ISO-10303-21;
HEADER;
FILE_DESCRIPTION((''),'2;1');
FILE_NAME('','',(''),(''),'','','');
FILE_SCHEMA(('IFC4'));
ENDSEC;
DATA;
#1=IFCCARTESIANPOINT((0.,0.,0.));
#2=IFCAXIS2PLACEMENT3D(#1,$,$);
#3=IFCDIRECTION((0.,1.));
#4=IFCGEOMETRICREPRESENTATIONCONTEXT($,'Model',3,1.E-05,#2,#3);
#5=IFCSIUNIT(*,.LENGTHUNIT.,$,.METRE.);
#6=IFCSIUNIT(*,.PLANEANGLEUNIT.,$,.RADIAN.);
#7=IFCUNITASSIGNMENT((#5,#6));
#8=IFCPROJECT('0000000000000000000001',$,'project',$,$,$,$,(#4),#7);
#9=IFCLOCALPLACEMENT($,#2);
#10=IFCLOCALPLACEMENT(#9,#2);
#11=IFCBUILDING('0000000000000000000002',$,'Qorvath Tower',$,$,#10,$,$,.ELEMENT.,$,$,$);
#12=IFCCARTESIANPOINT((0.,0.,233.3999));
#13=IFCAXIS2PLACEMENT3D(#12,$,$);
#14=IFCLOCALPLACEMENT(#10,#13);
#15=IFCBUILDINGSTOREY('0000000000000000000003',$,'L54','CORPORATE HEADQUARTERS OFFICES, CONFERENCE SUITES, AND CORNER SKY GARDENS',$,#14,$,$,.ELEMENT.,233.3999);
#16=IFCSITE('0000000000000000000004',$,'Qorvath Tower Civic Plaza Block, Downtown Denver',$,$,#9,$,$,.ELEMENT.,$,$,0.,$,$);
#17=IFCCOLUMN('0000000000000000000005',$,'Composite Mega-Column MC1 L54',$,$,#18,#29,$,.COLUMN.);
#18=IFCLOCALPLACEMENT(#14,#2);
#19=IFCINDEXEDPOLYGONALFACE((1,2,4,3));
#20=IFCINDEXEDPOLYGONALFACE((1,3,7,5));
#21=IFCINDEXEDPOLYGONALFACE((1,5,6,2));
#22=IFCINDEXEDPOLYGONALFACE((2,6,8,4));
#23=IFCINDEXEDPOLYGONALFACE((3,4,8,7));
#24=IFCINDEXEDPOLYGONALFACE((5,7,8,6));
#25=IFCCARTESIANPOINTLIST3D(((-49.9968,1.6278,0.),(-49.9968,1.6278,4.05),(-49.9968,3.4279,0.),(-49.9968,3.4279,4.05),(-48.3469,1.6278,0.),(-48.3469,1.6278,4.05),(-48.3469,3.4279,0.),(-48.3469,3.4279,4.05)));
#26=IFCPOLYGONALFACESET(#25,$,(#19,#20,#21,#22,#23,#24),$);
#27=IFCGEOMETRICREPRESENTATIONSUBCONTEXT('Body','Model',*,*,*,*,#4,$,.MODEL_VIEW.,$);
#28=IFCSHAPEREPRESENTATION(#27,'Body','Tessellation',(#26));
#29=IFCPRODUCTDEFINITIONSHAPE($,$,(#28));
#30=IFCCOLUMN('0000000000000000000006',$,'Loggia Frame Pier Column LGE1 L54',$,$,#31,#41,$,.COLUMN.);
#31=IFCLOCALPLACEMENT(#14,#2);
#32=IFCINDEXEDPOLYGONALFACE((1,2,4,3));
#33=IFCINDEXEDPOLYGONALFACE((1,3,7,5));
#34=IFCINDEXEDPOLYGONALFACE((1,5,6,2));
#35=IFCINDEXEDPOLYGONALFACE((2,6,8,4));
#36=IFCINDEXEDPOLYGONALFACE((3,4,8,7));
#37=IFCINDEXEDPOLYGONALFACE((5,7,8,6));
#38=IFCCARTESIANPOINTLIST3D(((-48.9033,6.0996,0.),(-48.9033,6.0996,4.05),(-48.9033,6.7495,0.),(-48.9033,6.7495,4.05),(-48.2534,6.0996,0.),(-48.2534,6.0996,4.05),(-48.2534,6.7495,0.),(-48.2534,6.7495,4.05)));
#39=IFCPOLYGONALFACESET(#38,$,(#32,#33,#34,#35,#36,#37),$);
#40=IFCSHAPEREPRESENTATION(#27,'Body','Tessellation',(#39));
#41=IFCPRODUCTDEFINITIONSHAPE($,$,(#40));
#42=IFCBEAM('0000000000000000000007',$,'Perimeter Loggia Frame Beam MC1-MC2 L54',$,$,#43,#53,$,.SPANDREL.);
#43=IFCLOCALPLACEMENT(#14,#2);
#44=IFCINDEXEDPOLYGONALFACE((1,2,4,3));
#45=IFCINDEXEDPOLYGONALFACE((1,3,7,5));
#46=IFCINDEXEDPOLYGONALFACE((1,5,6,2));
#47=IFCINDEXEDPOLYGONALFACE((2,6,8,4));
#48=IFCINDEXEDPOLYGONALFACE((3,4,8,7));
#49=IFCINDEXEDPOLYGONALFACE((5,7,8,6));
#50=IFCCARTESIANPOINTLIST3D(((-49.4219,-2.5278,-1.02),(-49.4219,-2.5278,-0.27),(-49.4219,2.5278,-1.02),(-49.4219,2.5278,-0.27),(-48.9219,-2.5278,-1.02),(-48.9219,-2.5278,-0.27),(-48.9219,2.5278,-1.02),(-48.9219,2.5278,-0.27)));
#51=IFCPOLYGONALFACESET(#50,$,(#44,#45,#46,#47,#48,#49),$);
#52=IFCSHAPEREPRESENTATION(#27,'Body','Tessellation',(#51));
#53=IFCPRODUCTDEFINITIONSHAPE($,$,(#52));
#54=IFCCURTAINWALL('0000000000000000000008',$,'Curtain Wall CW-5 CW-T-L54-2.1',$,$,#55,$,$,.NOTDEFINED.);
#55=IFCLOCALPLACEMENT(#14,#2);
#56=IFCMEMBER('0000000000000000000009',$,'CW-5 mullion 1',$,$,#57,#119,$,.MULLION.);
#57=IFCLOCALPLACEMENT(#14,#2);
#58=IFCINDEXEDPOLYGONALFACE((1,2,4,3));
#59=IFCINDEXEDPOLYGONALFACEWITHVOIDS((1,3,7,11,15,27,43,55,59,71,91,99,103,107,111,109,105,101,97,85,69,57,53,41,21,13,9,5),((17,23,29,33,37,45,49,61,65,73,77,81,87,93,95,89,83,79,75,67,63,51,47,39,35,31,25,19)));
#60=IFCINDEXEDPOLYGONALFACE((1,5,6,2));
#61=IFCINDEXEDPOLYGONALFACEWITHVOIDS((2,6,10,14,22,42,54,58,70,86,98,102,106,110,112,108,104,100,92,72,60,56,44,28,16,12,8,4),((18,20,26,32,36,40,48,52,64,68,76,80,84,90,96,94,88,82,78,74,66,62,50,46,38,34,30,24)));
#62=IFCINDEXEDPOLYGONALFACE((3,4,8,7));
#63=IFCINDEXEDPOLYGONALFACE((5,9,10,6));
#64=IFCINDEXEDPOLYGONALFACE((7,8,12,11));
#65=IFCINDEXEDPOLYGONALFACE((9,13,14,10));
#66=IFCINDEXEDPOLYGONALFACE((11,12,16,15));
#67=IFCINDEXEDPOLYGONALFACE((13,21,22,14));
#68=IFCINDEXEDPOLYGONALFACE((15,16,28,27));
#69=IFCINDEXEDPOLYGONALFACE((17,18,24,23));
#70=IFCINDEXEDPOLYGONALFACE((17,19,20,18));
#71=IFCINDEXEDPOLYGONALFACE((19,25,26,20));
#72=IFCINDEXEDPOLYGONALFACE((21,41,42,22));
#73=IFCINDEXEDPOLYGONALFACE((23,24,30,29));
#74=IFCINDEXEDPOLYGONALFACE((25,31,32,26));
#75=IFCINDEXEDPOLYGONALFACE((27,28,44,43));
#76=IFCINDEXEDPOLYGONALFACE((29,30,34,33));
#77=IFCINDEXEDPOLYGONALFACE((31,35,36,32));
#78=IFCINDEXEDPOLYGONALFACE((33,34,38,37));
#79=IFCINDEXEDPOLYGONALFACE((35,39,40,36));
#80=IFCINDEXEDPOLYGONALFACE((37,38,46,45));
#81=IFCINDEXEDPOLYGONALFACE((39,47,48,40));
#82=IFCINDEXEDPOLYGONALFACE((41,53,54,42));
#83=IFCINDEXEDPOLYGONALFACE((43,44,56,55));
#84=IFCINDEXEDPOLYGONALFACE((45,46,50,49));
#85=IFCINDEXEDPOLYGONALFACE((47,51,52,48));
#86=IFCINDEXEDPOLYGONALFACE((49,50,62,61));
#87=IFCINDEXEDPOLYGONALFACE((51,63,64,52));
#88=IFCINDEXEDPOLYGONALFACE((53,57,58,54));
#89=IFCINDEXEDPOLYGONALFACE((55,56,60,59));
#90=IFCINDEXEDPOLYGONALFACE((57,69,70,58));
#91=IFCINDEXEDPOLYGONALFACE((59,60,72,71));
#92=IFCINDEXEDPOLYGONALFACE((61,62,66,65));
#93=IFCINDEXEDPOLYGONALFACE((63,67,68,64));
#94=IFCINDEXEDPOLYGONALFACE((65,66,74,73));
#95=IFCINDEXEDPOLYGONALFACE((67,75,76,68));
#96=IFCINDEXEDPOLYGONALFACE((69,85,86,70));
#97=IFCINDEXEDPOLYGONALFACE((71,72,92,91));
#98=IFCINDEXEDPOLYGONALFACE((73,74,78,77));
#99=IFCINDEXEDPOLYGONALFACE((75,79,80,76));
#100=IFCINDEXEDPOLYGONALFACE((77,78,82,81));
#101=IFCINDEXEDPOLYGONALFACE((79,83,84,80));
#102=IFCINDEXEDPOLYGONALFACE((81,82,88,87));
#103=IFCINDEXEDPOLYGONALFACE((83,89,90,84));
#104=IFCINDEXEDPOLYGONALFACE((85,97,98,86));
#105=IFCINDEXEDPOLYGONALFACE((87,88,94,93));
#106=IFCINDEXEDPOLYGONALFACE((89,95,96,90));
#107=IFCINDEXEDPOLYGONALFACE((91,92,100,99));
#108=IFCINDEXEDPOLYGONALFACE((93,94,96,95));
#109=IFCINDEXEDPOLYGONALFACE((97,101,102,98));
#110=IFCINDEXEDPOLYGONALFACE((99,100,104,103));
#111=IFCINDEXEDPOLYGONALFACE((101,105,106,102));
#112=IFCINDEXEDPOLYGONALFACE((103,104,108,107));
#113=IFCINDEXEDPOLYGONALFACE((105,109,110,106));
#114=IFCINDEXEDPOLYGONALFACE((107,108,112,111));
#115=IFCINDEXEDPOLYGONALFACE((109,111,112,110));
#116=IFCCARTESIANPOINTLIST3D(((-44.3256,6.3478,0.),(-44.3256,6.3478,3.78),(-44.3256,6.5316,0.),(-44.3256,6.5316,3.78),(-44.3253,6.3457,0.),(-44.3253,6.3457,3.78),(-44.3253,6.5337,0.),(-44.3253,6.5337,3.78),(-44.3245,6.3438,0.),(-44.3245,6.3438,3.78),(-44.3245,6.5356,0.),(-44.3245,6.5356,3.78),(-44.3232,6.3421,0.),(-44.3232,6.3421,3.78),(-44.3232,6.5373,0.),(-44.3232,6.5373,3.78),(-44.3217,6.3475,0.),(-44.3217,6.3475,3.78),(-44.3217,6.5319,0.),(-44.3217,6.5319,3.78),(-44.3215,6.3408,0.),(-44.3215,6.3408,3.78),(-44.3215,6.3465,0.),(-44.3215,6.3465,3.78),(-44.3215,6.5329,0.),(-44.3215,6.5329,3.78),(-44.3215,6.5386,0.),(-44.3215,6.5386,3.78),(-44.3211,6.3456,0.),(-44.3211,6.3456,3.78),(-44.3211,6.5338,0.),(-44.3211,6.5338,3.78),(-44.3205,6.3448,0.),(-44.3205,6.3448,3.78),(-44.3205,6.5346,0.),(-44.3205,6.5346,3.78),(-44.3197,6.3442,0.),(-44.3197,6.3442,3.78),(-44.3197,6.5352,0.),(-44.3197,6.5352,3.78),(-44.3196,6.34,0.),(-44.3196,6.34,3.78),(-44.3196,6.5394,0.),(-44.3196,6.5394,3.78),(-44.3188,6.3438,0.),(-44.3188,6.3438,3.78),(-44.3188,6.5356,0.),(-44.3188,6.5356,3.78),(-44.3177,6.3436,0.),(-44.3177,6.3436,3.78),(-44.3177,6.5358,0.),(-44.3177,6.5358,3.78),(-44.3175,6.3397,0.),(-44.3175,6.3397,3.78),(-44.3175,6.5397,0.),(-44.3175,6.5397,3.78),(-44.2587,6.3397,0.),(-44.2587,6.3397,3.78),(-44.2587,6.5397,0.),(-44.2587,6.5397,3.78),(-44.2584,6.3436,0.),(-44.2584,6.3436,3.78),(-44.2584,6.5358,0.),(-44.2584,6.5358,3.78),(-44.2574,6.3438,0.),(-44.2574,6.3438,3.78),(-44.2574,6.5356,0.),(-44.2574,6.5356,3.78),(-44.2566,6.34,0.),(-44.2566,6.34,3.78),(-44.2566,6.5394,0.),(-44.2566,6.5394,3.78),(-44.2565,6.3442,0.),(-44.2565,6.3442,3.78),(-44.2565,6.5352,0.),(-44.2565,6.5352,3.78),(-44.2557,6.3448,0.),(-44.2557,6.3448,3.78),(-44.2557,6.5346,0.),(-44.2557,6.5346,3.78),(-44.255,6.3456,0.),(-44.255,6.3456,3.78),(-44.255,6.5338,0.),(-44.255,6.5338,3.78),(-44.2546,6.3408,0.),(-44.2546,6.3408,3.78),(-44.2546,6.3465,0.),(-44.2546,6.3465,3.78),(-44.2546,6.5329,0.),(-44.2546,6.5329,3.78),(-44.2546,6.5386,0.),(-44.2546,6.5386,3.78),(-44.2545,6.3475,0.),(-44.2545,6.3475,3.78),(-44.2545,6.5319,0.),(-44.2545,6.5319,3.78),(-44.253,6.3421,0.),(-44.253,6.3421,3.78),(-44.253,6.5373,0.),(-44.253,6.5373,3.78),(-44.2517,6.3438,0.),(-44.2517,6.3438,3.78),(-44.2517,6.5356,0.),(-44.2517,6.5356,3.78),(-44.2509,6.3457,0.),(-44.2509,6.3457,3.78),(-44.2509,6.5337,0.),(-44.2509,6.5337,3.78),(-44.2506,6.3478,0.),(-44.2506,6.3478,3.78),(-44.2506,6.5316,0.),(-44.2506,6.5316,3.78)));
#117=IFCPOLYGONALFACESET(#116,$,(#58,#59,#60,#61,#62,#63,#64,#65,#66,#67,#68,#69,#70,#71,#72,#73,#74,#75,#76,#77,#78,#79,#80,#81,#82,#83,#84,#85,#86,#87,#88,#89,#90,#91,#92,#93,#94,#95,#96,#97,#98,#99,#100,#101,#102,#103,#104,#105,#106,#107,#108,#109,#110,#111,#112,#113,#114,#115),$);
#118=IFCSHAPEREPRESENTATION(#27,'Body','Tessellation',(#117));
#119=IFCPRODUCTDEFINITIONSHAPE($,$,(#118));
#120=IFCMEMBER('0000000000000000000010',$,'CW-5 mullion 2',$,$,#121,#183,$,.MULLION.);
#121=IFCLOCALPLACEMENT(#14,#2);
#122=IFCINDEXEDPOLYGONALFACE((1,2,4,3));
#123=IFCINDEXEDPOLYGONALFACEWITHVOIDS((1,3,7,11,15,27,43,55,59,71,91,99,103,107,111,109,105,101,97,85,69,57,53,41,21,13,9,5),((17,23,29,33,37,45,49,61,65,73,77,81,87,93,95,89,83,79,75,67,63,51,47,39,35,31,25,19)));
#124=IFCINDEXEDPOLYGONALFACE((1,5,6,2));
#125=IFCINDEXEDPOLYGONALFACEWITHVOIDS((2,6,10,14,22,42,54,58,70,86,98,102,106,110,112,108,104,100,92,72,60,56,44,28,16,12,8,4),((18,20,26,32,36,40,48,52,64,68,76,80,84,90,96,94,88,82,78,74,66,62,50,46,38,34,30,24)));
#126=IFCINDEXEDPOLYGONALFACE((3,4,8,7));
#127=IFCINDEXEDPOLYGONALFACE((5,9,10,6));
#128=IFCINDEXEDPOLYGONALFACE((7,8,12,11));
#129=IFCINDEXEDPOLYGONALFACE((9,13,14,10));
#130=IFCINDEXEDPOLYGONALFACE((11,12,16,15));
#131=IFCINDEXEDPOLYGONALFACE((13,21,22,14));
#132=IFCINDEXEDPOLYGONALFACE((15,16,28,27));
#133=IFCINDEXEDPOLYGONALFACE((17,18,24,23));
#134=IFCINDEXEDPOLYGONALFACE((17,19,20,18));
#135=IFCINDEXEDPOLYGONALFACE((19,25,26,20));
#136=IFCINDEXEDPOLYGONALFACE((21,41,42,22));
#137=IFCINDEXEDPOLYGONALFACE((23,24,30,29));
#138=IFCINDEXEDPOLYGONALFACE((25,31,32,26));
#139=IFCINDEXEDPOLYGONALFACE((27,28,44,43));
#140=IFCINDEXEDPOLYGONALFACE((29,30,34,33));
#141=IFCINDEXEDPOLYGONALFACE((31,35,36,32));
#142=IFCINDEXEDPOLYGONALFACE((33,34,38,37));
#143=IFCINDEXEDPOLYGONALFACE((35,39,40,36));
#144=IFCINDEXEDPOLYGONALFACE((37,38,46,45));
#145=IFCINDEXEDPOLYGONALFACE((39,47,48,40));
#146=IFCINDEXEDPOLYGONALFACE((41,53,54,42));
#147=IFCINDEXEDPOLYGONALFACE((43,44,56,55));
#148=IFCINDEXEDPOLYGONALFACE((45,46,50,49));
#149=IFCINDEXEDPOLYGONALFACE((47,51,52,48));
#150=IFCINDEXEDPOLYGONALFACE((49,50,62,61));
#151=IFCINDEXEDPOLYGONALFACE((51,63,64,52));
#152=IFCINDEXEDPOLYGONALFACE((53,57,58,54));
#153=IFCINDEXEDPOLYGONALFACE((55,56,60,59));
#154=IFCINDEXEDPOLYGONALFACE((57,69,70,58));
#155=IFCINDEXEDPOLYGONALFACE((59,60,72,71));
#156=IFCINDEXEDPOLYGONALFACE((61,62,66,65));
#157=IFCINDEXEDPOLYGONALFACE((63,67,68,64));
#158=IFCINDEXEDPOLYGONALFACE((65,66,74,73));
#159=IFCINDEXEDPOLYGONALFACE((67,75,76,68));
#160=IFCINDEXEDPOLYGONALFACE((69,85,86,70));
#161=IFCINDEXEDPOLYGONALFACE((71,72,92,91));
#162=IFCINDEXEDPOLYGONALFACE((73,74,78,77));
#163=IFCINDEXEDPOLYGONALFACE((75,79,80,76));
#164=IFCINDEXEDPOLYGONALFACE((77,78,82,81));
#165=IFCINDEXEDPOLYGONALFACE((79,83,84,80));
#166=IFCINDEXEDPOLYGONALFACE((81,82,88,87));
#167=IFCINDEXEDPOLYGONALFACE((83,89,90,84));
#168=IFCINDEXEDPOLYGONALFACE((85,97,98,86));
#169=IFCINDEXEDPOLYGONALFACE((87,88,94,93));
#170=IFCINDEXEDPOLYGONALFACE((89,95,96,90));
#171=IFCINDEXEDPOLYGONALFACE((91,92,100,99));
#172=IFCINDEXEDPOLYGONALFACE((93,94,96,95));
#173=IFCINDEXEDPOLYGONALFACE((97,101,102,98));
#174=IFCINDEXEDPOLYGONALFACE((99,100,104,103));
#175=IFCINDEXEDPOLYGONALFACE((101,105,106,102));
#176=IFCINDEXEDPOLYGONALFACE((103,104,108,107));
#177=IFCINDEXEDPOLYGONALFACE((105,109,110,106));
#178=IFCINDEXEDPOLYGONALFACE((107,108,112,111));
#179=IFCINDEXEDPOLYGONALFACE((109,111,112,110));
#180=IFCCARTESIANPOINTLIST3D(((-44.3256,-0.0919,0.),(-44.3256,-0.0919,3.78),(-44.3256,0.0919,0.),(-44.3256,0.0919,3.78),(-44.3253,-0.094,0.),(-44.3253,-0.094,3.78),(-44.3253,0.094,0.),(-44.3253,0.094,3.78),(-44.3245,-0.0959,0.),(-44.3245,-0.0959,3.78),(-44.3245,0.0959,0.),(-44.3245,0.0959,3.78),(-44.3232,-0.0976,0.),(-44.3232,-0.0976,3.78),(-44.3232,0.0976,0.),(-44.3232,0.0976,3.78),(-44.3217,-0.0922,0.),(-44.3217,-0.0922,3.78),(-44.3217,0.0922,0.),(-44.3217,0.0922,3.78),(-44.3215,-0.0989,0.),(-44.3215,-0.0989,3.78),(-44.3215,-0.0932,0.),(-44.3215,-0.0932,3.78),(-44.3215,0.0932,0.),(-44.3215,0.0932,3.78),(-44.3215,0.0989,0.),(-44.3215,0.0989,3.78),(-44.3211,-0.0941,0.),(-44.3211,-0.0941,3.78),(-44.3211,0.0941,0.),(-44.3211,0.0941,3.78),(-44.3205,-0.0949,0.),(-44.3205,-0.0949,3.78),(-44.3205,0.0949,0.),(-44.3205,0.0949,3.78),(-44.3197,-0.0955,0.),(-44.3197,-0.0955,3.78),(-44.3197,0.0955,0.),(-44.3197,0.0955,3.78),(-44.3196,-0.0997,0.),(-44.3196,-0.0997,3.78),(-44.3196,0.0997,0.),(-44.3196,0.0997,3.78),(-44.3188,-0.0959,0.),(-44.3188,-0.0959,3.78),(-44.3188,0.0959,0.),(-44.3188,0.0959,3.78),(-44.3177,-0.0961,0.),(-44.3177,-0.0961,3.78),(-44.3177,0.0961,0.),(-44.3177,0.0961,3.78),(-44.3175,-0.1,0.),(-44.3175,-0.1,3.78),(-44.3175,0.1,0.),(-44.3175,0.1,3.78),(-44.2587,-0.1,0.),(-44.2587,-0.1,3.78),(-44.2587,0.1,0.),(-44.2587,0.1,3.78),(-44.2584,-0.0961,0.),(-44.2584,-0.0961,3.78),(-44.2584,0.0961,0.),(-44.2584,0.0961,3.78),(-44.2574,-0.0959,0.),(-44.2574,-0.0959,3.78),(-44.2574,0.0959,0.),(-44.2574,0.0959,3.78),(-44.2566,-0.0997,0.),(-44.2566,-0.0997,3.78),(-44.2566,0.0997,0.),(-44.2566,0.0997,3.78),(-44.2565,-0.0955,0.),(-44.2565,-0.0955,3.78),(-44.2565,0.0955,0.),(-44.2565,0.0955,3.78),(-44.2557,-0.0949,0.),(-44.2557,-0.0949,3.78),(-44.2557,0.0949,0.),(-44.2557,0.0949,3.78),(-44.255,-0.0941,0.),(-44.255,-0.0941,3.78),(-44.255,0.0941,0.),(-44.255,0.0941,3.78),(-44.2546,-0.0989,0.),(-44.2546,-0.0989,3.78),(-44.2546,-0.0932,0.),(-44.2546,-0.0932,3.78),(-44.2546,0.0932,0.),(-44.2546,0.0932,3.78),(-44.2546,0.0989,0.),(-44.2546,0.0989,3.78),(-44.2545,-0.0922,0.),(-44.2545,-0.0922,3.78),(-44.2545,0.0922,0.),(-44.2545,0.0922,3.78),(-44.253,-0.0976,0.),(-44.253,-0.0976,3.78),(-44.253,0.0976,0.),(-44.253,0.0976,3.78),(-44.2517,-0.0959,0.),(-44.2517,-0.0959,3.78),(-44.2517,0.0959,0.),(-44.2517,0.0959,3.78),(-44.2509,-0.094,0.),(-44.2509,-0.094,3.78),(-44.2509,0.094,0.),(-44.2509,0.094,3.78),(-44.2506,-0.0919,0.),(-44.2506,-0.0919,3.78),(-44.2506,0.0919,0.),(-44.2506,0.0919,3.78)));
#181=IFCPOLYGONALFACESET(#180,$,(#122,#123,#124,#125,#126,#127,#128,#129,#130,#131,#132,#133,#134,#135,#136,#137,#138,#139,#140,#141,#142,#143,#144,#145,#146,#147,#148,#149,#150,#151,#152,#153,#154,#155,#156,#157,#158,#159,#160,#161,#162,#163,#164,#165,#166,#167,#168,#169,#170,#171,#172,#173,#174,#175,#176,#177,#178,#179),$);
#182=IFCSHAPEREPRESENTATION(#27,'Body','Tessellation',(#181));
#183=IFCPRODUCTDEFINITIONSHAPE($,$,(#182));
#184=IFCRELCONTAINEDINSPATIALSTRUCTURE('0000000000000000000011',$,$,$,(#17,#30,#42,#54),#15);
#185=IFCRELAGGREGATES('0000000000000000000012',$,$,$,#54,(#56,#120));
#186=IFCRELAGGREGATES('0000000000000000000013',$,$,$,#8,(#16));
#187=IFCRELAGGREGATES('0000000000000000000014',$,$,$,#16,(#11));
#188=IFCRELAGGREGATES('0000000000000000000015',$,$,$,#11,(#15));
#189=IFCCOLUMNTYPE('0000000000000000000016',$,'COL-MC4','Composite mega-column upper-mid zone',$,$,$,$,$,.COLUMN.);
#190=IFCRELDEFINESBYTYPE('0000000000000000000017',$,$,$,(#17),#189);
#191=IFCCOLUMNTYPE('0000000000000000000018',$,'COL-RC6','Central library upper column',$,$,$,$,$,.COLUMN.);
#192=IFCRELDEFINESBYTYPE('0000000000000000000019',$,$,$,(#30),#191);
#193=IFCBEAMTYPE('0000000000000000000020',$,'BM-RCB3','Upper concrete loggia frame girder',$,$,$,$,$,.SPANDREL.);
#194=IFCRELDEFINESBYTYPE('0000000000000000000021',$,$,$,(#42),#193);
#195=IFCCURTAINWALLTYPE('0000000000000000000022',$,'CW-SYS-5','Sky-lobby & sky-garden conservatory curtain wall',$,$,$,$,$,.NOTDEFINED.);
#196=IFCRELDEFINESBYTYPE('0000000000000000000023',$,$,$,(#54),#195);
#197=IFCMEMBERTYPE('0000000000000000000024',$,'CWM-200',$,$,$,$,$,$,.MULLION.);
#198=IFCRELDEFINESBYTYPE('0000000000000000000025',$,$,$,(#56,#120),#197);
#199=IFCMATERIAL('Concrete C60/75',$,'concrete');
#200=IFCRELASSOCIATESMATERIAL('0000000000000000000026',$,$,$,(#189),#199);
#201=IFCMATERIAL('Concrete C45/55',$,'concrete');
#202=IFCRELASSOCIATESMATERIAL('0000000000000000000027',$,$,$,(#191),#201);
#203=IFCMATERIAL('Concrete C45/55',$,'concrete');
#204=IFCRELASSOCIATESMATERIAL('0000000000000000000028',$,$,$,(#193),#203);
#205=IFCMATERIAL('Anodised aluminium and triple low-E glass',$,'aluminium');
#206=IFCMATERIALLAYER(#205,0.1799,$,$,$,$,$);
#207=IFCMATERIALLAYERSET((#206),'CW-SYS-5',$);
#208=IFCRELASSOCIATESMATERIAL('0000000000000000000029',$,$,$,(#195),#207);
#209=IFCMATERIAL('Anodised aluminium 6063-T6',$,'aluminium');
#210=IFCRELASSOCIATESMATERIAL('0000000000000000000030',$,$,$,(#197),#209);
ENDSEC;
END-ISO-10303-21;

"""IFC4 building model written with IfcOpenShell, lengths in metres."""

from ifc_helpers import new_model, si_unit, direction, frame, origin, origin_2d, place, context, subcontext, project, spatial, rectangle, hollow_rectangle, extrude, material, layer, layer_set, material_profile, profile_set, type_object, element, aggregate, save


model = new_model("IFC4")

# Units and contexts
model_context = context("Model", 3, precision=1e-05, world=origin(), true_north=direction((0.0, 1.0)))
body_context = subcontext(model_context, "Body", "Model", "MODEL_VIEW")
ifc_project = project(units=[si_unit("LENGTHUNIT", "METRE"), si_unit("PLANEANGLEUNIT", "RADIAN")], contexts=[model_context])

# Site, building, storey
site_placement = place(None, origin())
site = spatial("IfcSite", under=ifc_project, at=site_placement, Name="Qorvath Tower Civic Plaza Block, Downtown Denver", CompositionType="ELEMENT", RefElevation=0.0)
building_placement = place(site_placement, origin())
building = spatial("IfcBuilding", under=site, at=building_placement, Name="Qorvath Tower", CompositionType="ELEMENT")
storey_placement = place(building_placement, frame((0.0, 0.0, 233.3999)))
storey = spatial("IfcBuildingStorey", under=building, at=storey_placement, Name="L54", Description="CORPORATE HEADQUARTERS OFFICES, CONFERENCE SUITES, AND CORNER SKY GARDENS", CompositionType="ELEMENT", Elevation=233.3999)

# Columns
ifc_material_1 = material(Name="Concrete C60/75", Category="concrete")
ifc_material_profile_1 = material_profile(ifc_material_1, rectangle(XDim=1.6499, YDim=1.8, at=origin_2d()), Name="MC 1800x1650")
ifc_profile_set_1 = profile_set([ifc_material_profile_1], Name="Concrete C60/75")
column_type_1 = type_object("IfcColumnType", Name="COL-MC4", Description="Composite mega-column upper-mid zone", PredefinedType="COLUMN", material=ifc_profile_set_1)
column_1_placement = place(storey_placement, frame((-49.1719, 2.5278, 0.0), z_axis=(0.0, 0.0, 1.0), x_axis=(1.0, 0.0, 0.0)))
element("IfcColumn", 1, at=column_1_placement, inside=storey, type_object=column_type_1, Name="Composite Mega-Column MC1 L54", PredefinedType="COLUMN", context=body_context, shape_type="SweptSolid", body=[
    extrude(rectangle(XDim=1.6499, YDim=1.8, at=origin_2d()), origin(), (0.0, 0.0, 1.0), 4.05),
])
ifc_material_2 = material(Name="Concrete C45/55", Category="concrete")
ifc_material_profile_2 = material_profile(ifc_material_2, rectangle(XDim=0.6499, YDim=0.6499, at=origin_2d()), Name="RC 650x650")
ifc_profile_set_2 = profile_set([ifc_material_profile_2], Name="Concrete C45/55")
column_type_2 = type_object("IfcColumnType", Name="COL-RC6", Description="Central library upper column", PredefinedType="COLUMN", material=ifc_profile_set_2)
column_2_placement = place(storey_placement, frame((-48.5784, 6.4246, 0.0), z_axis=(0.0, 0.0, 1.0), x_axis=(1.0, 0.0, 0.0)))
element("IfcColumn", 2, at=column_2_placement, inside=storey, type_object=column_type_2, Name="Loggia Frame Pier Column LGE1 L54", PredefinedType="COLUMN", context=body_context, shape_type="SweptSolid", body=[
    extrude(rectangle(XDim=0.6499, YDim=0.6499, at=origin_2d()), origin(), (0.0, 0.0, 1.0), 4.05),
])

# Beam
ifc_material_3 = material(Name="Concrete C45/55", Category="concrete")
ifc_material_profile_3 = material_profile(ifc_material_3, rectangle(XDim=0.5, YDim=0.75, at=origin_2d()), Name="RCB 750x500")
ifc_profile_set_3 = profile_set([ifc_material_profile_3], Name="Concrete C45/55")
beam_type = type_object("IfcBeamType", Name="BM-RCB3", Description="Upper concrete loggia frame girder", PredefinedType="SPANDREL", material=ifc_profile_set_3)
beam_placement = place(storey_placement, frame((-49.1719, 2.5278, -0.645), z_axis=(0.0, -1.0, 0.0), x_axis=(1.0, 0.0, 0.0)))
element("IfcBeam", 3, at=beam_placement, inside=storey, type_object=beam_type, Name="Perimeter Loggia Frame Beam MC1-MC2 L54", PredefinedType="SPANDREL", context=body_context, shape_type="SweptSolid", body=[
    extrude(rectangle(XDim=0.5, YDim=0.75, at=origin_2d()), origin(), (0.0, 0.0, 1.0), 5.0557),
])

# Curtain wall, members
ifc_material_4 = material(Name="Anodised aluminium and triple low-E glass", Category="aluminium")
ifc_layer_1 = layer(ifc_material_4, 0.1799)
ifc_layer_set_1 = layer_set([ifc_layer_1], Name="CW-SYS-5")
curtain_wall_type = type_object("IfcCurtainWallType", Name="CW-SYS-5", Description="Sky-lobby & sky-garden conservatory curtain wall", PredefinedType="NOTDEFINED", material=ifc_layer_set_1)
curtain_wall_1_placement = place(storey_placement, origin())
curtain_wall_1 = element("IfcCurtainWall", 4, at=curtain_wall_1_placement, inside=storey, type_object=curtain_wall_type, Name="Curtain Wall CW-5 CW-T-L54-2.1", PredefinedType="NOTDEFINED")
ifc_material_5 = material(Name="Anodised aluminium 6063-T6", Category="aluminium")
ifc_material_profile_4 = material_profile(ifc_material_5, hollow_rectangle(XDim=0.075, YDim=0.2, WallThickness=0.0039, InnerFilletRadius=0.0039, OuterFilletRadius=0.0081, at=origin_2d()), Name="CWM 200x75")
ifc_profile_set_4 = profile_set([ifc_material_profile_4], Name="Anodised aluminium 6063-T6")
member_type_1 = type_object("IfcMemberType", Name="CWM-200", PredefinedType="MULLION", material=ifc_profile_set_4)
member_1_placement = place(storey_placement, frame((-44.2881, 6.4397, 0.0), z_axis=(0.0, 0.0, 1.0), x_axis=(1.0, 0.0, 0.0)))
member_1 = element("IfcMember", 5, at=member_1_placement, type_object=member_type_1, Name="CW-5 mullion 1", PredefinedType="MULLION", context=body_context, shape_type="SweptSolid", body=[
    extrude(hollow_rectangle(XDim=0.075, YDim=0.2, WallThickness=0.0039, InnerFilletRadius=0.0039, OuterFilletRadius=0.0081, at=origin_2d()), origin(), (0.0, 0.0, 1.0), 3.78),
])
member_2_placement = place(storey_placement, frame((-44.2881, 0.0, 0.0), z_axis=(0.0, 0.0, 1.0), x_axis=(1.0, 0.0, 0.0)))
member_2 = element("IfcMember", 6, at=member_2_placement, type_object=member_type_1, Name="CW-5 mullion 2", PredefinedType="MULLION", context=body_context, shape_type="SweptSolid", body=[
    extrude(hollow_rectangle(XDim=0.075, YDim=0.2, WallThickness=0.0039, InnerFilletRadius=0.0039, OuterFilletRadius=0.0081, at=origin_2d()), origin(), (0.0, 0.0, 1.0), 3.78),
])

aggregate(curtain_wall_1, [member_1, member_2])

save(model, "model.ifc")
